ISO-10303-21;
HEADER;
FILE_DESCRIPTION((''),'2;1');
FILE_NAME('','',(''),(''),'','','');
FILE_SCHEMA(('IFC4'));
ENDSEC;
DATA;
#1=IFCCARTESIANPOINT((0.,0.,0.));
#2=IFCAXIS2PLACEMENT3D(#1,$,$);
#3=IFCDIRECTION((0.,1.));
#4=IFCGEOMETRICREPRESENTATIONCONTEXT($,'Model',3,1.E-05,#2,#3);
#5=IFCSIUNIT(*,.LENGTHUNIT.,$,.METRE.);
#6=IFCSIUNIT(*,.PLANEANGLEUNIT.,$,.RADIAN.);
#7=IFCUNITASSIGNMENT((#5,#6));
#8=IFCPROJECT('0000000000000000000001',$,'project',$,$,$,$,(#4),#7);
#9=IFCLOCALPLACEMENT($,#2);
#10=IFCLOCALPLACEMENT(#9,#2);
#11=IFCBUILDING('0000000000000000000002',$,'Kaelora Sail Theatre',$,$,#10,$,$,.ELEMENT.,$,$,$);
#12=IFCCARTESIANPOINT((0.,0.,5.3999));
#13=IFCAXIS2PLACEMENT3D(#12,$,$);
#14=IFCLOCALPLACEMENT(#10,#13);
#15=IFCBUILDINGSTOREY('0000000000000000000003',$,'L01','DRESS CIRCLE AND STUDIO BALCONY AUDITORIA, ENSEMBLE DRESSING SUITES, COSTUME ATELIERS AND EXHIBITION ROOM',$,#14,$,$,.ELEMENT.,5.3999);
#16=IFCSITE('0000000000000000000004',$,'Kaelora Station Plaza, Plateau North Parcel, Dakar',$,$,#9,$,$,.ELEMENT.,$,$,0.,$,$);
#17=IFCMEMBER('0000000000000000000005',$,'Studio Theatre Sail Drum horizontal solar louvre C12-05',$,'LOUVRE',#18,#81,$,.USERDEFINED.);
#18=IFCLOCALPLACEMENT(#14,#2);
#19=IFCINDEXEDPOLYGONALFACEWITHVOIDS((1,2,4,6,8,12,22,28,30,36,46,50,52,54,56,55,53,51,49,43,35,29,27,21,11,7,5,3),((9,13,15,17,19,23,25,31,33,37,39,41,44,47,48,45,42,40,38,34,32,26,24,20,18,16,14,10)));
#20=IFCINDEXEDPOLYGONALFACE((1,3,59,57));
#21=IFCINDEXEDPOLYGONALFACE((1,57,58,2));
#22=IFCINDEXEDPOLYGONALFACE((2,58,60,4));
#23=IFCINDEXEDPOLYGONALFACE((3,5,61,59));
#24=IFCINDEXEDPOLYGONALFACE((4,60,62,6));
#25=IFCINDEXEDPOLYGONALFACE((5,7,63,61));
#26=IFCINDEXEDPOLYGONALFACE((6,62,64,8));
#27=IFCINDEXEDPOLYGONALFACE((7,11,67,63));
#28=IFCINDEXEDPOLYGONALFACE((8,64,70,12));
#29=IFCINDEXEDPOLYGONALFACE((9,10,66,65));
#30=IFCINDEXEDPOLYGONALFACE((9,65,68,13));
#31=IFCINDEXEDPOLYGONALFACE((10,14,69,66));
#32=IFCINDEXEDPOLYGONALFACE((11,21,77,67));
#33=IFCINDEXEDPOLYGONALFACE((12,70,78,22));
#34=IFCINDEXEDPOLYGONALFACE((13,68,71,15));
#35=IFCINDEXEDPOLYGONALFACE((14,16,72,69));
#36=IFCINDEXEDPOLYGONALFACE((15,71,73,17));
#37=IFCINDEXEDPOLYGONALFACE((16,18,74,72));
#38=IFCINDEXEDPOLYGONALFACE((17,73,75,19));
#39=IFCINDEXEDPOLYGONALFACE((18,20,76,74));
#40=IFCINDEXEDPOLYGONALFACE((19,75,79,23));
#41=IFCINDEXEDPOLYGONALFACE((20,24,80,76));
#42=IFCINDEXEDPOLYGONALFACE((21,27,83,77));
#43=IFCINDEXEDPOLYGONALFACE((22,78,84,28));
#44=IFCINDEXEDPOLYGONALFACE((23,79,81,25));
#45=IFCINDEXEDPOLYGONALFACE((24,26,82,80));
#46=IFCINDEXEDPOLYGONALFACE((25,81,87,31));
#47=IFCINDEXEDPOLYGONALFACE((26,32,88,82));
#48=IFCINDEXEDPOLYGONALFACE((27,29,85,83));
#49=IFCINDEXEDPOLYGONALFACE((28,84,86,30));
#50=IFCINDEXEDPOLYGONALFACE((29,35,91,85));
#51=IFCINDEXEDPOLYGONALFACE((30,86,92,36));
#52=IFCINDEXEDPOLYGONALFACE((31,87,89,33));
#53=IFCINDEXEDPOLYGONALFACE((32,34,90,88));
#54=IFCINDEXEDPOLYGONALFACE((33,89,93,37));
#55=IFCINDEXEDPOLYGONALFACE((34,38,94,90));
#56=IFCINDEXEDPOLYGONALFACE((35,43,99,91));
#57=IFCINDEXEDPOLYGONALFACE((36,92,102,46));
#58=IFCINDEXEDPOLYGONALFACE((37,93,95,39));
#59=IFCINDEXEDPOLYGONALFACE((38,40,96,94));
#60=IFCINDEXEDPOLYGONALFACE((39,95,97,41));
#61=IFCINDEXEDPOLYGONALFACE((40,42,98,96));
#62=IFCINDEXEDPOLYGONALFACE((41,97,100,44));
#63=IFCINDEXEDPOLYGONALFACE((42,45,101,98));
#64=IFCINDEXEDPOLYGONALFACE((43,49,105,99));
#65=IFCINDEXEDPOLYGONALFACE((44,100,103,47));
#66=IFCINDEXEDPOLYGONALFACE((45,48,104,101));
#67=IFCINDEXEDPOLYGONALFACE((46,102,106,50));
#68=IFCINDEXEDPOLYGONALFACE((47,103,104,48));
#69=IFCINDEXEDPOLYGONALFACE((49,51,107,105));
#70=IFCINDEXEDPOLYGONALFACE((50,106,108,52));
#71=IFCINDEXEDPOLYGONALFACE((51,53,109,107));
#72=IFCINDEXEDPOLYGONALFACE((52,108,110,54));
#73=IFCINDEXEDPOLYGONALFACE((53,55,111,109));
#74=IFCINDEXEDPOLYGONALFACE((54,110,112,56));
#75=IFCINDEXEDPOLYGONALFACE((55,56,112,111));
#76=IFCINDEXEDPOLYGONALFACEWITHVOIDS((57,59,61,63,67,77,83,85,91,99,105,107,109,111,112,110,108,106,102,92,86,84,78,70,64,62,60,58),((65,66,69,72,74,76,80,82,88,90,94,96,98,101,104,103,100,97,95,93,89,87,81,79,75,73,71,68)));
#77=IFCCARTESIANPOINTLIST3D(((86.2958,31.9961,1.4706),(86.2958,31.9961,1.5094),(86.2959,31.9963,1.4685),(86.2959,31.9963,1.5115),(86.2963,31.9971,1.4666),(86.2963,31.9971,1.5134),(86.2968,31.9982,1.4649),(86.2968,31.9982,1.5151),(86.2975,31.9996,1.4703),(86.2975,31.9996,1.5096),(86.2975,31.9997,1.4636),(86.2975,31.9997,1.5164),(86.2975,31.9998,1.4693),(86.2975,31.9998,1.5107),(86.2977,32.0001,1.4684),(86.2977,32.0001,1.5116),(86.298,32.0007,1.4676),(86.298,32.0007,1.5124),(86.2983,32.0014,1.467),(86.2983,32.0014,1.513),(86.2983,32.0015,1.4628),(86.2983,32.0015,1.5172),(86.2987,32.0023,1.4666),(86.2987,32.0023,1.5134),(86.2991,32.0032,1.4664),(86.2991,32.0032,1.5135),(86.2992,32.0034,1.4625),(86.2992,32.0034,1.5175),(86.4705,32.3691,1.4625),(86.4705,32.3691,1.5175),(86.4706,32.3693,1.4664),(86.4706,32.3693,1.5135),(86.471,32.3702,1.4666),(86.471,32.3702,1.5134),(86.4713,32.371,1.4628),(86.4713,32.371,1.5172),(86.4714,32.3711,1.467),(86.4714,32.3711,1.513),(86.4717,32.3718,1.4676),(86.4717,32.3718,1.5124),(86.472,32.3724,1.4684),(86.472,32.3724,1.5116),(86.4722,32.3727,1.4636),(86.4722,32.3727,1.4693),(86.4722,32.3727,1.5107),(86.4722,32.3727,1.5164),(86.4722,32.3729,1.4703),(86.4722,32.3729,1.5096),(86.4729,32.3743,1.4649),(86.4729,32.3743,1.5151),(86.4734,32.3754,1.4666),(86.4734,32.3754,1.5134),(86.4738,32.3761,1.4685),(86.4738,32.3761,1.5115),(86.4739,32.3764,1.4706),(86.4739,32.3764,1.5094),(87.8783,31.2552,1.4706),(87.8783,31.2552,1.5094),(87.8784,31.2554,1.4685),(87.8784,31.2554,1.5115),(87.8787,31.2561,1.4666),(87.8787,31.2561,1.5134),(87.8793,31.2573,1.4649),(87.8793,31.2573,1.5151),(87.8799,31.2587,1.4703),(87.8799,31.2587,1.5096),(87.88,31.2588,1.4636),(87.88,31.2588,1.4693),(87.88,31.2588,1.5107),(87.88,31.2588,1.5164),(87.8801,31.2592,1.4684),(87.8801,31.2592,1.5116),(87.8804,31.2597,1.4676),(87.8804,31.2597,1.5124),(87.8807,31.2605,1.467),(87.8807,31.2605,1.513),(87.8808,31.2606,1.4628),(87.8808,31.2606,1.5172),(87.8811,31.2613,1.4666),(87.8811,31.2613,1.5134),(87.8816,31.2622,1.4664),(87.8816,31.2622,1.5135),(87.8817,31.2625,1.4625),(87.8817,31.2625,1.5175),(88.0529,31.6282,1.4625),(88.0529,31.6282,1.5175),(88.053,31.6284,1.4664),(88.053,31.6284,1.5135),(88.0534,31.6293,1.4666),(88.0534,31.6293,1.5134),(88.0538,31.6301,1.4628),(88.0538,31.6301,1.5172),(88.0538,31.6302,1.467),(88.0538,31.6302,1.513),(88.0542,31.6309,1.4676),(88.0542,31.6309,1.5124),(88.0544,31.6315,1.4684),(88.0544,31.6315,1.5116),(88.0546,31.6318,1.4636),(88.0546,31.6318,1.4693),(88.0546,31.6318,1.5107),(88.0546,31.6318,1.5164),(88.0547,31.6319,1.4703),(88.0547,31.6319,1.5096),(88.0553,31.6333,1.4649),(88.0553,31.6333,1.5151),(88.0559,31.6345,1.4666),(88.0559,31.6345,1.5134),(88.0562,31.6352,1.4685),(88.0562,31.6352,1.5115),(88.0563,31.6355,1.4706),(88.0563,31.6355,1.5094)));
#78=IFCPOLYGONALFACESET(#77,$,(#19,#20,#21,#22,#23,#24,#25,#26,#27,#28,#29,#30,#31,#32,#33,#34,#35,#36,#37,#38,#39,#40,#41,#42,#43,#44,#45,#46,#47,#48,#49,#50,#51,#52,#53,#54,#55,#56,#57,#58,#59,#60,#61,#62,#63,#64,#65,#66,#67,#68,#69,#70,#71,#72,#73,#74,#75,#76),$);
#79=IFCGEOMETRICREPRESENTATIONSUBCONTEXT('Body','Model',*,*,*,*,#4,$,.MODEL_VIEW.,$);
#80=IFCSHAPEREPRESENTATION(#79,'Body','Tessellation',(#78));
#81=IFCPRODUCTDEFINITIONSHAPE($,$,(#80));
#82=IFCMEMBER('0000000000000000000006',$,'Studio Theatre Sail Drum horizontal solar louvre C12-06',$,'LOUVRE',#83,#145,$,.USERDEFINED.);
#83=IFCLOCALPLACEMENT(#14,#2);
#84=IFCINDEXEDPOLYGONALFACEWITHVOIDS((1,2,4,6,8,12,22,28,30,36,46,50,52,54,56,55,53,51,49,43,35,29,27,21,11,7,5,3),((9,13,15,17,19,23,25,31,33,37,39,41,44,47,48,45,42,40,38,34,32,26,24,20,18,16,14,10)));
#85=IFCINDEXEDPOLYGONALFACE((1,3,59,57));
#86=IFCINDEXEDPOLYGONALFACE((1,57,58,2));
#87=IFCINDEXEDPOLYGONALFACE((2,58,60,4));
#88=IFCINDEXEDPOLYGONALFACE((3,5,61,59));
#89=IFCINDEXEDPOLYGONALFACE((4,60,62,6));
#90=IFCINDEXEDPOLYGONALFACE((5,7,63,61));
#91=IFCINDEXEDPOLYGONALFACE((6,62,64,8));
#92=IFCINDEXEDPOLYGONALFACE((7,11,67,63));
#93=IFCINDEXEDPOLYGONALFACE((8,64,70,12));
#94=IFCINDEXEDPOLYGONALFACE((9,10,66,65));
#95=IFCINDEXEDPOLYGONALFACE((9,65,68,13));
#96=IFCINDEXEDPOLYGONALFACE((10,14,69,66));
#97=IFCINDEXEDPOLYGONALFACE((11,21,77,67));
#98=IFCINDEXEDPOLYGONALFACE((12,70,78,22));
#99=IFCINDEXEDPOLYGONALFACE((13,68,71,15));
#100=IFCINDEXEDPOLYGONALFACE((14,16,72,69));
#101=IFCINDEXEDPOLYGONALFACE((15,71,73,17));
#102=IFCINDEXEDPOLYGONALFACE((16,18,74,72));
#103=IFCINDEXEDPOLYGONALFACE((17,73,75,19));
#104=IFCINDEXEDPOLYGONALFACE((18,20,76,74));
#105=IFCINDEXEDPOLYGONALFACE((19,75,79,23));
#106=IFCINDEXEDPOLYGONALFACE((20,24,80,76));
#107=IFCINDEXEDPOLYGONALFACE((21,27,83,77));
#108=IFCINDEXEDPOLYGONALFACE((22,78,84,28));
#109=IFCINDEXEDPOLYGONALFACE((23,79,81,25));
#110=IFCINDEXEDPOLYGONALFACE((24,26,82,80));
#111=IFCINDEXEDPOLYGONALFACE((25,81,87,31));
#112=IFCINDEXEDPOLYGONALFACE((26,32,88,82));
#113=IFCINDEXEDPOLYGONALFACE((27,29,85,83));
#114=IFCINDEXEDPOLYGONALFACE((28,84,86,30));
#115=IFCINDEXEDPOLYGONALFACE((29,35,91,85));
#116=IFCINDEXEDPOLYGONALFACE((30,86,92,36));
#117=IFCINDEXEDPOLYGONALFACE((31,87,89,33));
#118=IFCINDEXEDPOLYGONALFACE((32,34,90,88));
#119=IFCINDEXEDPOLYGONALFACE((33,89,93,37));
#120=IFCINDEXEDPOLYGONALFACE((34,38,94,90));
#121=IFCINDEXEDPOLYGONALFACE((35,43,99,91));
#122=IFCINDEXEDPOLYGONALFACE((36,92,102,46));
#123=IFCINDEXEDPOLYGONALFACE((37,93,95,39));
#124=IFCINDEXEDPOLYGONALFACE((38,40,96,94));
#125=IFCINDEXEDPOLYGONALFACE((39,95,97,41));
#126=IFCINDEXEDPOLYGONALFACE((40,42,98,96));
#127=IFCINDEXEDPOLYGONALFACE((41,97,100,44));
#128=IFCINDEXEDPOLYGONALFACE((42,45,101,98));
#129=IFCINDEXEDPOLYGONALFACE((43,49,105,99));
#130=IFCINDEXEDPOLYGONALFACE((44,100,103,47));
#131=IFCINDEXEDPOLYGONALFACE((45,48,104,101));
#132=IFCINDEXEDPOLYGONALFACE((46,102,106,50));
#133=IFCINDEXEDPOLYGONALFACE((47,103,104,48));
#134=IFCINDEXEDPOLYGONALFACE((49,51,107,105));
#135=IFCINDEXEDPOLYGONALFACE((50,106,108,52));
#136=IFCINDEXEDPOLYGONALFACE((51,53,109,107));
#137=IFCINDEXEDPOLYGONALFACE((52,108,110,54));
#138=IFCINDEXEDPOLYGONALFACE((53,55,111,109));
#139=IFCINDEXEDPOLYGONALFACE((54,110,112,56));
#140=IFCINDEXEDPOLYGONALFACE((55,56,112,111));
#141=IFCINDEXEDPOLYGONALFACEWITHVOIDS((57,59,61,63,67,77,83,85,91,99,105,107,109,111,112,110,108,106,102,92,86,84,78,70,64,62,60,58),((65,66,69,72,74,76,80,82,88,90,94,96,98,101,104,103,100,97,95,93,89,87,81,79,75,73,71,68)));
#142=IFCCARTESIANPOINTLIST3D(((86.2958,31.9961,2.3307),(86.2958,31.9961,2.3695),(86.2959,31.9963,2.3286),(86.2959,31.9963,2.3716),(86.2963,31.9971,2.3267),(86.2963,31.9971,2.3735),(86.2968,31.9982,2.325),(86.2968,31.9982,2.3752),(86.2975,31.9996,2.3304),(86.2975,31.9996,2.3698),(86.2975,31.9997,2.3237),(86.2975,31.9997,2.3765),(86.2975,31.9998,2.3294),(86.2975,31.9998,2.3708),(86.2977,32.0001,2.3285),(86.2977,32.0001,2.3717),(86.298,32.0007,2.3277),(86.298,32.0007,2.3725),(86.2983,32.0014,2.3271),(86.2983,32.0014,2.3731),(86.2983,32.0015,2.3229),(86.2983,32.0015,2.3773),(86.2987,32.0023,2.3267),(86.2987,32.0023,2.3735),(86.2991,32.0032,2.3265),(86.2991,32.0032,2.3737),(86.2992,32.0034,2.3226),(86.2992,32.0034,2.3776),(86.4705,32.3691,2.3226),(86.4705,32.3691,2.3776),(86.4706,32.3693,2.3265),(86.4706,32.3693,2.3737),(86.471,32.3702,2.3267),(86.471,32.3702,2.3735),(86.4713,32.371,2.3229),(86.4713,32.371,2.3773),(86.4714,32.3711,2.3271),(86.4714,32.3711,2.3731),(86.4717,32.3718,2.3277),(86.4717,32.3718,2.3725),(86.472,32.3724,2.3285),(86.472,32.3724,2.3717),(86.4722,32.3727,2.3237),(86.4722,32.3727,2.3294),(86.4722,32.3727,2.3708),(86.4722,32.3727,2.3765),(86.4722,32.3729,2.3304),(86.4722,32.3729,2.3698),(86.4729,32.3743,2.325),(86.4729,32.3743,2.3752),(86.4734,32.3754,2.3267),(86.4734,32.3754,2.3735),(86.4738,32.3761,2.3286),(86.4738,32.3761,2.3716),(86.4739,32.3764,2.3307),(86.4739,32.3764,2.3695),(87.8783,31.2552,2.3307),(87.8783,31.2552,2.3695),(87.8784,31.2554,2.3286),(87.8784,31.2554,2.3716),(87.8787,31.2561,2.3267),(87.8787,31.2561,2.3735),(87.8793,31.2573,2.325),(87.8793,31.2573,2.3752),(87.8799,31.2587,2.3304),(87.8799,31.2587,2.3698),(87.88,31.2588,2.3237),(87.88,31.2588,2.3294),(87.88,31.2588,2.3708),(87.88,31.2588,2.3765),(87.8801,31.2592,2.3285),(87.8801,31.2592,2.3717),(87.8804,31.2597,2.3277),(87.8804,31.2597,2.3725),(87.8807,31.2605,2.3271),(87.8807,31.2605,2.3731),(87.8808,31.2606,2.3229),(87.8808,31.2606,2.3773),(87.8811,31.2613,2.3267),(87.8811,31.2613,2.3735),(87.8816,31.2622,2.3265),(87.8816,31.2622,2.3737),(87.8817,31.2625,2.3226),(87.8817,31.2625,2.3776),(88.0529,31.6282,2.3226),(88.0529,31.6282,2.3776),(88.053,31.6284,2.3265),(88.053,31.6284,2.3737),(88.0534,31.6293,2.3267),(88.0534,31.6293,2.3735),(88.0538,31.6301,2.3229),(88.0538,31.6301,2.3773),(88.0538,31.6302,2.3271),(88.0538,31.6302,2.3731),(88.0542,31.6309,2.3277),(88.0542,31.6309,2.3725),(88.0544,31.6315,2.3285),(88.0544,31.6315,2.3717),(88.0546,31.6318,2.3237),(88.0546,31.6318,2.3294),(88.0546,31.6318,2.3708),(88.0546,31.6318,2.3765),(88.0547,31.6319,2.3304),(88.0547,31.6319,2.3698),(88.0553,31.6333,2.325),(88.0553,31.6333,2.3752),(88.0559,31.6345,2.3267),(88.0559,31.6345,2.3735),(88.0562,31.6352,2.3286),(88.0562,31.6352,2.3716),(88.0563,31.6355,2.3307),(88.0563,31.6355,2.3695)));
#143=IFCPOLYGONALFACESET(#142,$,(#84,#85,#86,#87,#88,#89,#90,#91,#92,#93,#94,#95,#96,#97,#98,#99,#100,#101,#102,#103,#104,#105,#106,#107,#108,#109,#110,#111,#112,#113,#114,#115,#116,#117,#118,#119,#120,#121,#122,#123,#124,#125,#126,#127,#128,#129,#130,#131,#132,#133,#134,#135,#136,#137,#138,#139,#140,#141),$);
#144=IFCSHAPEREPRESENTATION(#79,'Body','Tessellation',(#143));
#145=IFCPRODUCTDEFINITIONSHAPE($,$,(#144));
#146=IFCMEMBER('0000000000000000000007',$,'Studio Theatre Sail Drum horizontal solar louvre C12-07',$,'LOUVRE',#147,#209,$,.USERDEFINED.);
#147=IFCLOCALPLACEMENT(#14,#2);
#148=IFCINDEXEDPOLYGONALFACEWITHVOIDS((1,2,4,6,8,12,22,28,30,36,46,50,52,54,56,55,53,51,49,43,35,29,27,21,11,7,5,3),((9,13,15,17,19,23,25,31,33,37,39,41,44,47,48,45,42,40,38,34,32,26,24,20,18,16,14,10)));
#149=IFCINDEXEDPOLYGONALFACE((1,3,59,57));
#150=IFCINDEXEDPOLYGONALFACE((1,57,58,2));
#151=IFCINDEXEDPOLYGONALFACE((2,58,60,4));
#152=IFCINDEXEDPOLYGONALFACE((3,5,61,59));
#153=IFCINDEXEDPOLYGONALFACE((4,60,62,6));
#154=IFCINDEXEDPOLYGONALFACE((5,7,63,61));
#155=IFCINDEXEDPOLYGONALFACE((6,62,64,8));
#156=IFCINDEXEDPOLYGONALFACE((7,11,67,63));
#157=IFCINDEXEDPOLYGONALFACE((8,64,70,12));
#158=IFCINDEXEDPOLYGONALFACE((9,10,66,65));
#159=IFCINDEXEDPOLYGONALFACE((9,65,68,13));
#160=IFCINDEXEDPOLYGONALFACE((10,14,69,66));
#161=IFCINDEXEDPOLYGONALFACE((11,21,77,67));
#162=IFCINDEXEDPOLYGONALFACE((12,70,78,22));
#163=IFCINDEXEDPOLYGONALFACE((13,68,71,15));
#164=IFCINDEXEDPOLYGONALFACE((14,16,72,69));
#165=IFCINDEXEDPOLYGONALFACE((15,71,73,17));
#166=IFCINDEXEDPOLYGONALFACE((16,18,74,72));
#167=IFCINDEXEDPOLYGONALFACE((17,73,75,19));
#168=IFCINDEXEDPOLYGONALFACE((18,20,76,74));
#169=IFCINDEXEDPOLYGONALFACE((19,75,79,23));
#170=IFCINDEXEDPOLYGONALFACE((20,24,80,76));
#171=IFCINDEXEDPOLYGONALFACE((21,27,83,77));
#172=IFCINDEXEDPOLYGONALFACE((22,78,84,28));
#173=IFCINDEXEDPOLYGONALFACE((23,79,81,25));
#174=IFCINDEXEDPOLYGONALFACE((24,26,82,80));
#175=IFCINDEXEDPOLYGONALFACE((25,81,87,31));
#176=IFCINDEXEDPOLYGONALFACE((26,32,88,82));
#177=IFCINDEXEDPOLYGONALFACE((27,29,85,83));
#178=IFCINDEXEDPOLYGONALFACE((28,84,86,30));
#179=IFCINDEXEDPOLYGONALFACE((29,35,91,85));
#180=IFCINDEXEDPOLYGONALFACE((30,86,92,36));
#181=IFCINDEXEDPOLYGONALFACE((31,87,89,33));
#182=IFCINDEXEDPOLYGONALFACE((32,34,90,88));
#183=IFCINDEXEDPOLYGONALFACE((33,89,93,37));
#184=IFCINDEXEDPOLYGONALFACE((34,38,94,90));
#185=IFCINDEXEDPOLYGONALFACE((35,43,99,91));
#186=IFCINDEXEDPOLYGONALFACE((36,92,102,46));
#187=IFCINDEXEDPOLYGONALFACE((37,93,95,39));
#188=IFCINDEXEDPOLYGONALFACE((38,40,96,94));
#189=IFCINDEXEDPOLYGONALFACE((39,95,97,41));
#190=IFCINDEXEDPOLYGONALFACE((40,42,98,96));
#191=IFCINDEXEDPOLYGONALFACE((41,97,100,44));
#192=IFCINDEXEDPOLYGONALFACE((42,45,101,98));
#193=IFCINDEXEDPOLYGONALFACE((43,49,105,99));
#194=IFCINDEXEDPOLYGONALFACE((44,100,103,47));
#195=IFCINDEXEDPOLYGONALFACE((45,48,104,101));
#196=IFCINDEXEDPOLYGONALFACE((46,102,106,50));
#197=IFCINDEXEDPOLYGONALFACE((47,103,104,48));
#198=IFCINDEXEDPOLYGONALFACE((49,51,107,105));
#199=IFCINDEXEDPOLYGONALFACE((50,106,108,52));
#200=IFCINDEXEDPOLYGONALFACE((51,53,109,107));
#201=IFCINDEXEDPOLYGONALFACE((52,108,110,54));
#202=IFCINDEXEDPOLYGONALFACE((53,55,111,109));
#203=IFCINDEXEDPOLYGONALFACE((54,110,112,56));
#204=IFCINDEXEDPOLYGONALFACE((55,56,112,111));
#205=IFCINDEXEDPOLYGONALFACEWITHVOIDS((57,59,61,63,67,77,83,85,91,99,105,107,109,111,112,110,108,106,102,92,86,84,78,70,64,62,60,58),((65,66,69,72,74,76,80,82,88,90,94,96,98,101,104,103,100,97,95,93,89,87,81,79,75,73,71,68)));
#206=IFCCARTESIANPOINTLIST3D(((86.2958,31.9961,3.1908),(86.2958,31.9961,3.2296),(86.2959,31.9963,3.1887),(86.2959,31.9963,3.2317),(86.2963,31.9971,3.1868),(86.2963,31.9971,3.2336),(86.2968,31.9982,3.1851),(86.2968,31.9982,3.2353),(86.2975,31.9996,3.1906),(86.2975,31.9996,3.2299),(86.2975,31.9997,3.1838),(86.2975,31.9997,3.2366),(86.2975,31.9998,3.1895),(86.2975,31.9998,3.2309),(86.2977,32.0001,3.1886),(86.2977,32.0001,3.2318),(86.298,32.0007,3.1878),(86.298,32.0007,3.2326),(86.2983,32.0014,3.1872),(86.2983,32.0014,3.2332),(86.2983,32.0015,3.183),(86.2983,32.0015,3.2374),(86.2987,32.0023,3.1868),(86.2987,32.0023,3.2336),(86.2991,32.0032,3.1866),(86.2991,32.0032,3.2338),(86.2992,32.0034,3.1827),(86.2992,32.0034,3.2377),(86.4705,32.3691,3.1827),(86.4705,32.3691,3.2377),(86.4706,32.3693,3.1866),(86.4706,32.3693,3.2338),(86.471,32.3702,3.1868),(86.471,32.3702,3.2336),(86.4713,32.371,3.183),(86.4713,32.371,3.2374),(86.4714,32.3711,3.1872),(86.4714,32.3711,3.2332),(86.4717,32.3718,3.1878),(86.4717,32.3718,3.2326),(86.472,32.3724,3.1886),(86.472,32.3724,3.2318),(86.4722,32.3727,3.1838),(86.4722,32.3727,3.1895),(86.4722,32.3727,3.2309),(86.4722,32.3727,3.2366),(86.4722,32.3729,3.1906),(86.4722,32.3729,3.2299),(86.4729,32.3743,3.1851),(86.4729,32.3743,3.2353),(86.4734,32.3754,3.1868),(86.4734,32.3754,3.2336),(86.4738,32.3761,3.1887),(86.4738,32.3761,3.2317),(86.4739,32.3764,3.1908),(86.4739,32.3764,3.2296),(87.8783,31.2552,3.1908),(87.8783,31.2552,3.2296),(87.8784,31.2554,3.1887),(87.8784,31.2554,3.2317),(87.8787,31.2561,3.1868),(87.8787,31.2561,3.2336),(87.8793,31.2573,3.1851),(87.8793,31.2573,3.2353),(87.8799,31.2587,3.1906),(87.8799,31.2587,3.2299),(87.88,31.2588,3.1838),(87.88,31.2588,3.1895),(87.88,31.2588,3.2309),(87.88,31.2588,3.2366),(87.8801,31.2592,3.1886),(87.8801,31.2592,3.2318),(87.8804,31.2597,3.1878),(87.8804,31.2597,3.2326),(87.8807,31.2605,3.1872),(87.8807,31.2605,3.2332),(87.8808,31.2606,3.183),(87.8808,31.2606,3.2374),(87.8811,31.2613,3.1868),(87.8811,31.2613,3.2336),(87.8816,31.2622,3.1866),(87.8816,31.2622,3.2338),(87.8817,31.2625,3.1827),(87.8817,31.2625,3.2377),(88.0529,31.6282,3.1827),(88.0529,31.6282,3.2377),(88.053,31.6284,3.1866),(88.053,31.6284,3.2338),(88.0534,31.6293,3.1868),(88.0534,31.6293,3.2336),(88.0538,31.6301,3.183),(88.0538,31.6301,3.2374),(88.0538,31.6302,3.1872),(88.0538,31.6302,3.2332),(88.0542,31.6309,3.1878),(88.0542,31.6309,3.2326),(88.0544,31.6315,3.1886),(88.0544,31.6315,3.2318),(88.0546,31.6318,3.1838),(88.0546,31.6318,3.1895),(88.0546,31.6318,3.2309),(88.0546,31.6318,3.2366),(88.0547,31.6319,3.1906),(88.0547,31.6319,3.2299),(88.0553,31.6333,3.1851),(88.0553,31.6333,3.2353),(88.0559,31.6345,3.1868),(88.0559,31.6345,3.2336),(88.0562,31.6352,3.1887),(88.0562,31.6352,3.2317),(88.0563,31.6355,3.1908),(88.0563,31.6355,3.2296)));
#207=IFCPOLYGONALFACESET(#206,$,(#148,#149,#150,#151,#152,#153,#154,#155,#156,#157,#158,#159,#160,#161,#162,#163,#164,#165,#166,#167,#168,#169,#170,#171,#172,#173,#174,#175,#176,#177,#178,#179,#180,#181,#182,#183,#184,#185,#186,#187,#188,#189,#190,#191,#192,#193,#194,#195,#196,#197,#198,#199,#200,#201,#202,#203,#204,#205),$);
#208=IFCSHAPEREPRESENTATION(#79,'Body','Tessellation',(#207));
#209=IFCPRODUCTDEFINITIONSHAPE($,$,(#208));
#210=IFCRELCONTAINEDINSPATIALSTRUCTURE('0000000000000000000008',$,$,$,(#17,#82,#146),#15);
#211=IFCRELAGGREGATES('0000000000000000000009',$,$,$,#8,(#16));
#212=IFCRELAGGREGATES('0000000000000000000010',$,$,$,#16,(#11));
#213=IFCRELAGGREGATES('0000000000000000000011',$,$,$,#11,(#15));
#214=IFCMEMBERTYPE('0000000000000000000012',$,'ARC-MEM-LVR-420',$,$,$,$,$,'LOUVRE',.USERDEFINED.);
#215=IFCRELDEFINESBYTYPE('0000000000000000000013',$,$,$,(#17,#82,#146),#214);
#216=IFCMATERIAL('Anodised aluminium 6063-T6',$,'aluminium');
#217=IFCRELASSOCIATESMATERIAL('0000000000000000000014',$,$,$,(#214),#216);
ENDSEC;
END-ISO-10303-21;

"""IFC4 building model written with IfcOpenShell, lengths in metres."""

from ifc_helpers import new_model, si_unit, direction, frame, origin, origin_2d, place, context, subcontext, project, spatial, hollow_rectangle, extrude, material, material_profile, profile_set, type_object, element, save


model = new_model("IFC4")

# Units and contexts
model_context = context("Model", 3, precision=1e-05, world=origin(), true_north=direction((0.0, 1.0)))
body_context = subcontext(model_context, "Body", "Model", "MODEL_VIEW")
ifc_project = project(units=[si_unit("LENGTHUNIT", "METRE"), si_unit("PLANEANGLEUNIT", "RADIAN")], contexts=[model_context])

# Site, building, storey
site_placement = place(None, origin())
site = spatial("IfcSite", under=ifc_project, at=site_placement, Name="Kaelora Station Plaza, Plateau North Parcel, Dakar", CompositionType="ELEMENT", RefElevation=0.0)
building_placement = place(site_placement, origin())
building = spatial("IfcBuilding", under=site, at=building_placement, Name="Kaelora Sail Theatre", CompositionType="ELEMENT")
storey_placement = place(building_placement, frame((0.0, 0.0, 5.3999)))
storey = spatial("IfcBuildingStorey", under=building, at=storey_placement, Name="L01", Description="DRESS CIRCLE AND STUDIO BALCONY AUDITORIA, ENSEMBLE DRESSING SUITES, COSTUME ATELIERS AND EXHIBITION ROOM", CompositionType="ELEMENT", Elevation=5.3999)

# Members
ifc_material_1 = material(Name="Anodised aluminium 6063-T6", Category="aluminium")
ifc_material_profile_1 = material_profile(ifc_material_1, hollow_rectangle(XDim=0.4199, YDim=0.0549, WallThickness=0.0039, InnerFilletRadius=0.0039, OuterFilletRadius=0.0081, at=origin_2d()), Name="LOUVRE 420x55x4")
ifc_profile_set_1 = profile_set([ifc_material_profile_1], Name="Anodised aluminium 6063-T6")
member_type = type_object("IfcMemberType", Name="ARC-MEM-LVR-420", ElementType="LOUVRE", PredefinedType="USERDEFINED", material=ifc_profile_set_1)
for number, where, z_axis, x_axis, name in (
    (1, (87.9673, 31.4453, 1.49), (-0.905643, 0.42404, 0.0), (-0.42404, -0.905643, 0.0), "Studio Theatre Sail Drum horizontal solar louvre C12-05"),
    (2, (87.9673, 31.4453, 2.3501), (-0.905643, 0.42404, 0.0), (-0.42404, -0.905643, 0.0), "Studio Theatre Sail Drum horizontal solar louvre C12-06"),
    (3, (87.9673, 31.4453, 3.2102), (-0.905643, 0.42404, 0.0), (-0.42404, -0.905643, 0.0), "Studio Theatre Sail Drum horizontal solar louvre C12-07"),
):
    element("IfcMember", number, at=place(storey_placement, frame(where, z_axis=z_axis, x_axis=x_axis)), inside=storey, type_object=member_type, Name=name, ObjectType="LOUVRE", PredefinedType="USERDEFINED", context=body_context, shape_type="SweptSolid", body=[
        extrude(hollow_rectangle(XDim=0.4199, YDim=0.0549, WallThickness=0.0039, InnerFilletRadius=0.0039, OuterFilletRadius=0.0081, at=origin_2d()), origin(), (0.0, 0.0, 1.0), 1.7473),
    ])

save(model, "model.ifc")
